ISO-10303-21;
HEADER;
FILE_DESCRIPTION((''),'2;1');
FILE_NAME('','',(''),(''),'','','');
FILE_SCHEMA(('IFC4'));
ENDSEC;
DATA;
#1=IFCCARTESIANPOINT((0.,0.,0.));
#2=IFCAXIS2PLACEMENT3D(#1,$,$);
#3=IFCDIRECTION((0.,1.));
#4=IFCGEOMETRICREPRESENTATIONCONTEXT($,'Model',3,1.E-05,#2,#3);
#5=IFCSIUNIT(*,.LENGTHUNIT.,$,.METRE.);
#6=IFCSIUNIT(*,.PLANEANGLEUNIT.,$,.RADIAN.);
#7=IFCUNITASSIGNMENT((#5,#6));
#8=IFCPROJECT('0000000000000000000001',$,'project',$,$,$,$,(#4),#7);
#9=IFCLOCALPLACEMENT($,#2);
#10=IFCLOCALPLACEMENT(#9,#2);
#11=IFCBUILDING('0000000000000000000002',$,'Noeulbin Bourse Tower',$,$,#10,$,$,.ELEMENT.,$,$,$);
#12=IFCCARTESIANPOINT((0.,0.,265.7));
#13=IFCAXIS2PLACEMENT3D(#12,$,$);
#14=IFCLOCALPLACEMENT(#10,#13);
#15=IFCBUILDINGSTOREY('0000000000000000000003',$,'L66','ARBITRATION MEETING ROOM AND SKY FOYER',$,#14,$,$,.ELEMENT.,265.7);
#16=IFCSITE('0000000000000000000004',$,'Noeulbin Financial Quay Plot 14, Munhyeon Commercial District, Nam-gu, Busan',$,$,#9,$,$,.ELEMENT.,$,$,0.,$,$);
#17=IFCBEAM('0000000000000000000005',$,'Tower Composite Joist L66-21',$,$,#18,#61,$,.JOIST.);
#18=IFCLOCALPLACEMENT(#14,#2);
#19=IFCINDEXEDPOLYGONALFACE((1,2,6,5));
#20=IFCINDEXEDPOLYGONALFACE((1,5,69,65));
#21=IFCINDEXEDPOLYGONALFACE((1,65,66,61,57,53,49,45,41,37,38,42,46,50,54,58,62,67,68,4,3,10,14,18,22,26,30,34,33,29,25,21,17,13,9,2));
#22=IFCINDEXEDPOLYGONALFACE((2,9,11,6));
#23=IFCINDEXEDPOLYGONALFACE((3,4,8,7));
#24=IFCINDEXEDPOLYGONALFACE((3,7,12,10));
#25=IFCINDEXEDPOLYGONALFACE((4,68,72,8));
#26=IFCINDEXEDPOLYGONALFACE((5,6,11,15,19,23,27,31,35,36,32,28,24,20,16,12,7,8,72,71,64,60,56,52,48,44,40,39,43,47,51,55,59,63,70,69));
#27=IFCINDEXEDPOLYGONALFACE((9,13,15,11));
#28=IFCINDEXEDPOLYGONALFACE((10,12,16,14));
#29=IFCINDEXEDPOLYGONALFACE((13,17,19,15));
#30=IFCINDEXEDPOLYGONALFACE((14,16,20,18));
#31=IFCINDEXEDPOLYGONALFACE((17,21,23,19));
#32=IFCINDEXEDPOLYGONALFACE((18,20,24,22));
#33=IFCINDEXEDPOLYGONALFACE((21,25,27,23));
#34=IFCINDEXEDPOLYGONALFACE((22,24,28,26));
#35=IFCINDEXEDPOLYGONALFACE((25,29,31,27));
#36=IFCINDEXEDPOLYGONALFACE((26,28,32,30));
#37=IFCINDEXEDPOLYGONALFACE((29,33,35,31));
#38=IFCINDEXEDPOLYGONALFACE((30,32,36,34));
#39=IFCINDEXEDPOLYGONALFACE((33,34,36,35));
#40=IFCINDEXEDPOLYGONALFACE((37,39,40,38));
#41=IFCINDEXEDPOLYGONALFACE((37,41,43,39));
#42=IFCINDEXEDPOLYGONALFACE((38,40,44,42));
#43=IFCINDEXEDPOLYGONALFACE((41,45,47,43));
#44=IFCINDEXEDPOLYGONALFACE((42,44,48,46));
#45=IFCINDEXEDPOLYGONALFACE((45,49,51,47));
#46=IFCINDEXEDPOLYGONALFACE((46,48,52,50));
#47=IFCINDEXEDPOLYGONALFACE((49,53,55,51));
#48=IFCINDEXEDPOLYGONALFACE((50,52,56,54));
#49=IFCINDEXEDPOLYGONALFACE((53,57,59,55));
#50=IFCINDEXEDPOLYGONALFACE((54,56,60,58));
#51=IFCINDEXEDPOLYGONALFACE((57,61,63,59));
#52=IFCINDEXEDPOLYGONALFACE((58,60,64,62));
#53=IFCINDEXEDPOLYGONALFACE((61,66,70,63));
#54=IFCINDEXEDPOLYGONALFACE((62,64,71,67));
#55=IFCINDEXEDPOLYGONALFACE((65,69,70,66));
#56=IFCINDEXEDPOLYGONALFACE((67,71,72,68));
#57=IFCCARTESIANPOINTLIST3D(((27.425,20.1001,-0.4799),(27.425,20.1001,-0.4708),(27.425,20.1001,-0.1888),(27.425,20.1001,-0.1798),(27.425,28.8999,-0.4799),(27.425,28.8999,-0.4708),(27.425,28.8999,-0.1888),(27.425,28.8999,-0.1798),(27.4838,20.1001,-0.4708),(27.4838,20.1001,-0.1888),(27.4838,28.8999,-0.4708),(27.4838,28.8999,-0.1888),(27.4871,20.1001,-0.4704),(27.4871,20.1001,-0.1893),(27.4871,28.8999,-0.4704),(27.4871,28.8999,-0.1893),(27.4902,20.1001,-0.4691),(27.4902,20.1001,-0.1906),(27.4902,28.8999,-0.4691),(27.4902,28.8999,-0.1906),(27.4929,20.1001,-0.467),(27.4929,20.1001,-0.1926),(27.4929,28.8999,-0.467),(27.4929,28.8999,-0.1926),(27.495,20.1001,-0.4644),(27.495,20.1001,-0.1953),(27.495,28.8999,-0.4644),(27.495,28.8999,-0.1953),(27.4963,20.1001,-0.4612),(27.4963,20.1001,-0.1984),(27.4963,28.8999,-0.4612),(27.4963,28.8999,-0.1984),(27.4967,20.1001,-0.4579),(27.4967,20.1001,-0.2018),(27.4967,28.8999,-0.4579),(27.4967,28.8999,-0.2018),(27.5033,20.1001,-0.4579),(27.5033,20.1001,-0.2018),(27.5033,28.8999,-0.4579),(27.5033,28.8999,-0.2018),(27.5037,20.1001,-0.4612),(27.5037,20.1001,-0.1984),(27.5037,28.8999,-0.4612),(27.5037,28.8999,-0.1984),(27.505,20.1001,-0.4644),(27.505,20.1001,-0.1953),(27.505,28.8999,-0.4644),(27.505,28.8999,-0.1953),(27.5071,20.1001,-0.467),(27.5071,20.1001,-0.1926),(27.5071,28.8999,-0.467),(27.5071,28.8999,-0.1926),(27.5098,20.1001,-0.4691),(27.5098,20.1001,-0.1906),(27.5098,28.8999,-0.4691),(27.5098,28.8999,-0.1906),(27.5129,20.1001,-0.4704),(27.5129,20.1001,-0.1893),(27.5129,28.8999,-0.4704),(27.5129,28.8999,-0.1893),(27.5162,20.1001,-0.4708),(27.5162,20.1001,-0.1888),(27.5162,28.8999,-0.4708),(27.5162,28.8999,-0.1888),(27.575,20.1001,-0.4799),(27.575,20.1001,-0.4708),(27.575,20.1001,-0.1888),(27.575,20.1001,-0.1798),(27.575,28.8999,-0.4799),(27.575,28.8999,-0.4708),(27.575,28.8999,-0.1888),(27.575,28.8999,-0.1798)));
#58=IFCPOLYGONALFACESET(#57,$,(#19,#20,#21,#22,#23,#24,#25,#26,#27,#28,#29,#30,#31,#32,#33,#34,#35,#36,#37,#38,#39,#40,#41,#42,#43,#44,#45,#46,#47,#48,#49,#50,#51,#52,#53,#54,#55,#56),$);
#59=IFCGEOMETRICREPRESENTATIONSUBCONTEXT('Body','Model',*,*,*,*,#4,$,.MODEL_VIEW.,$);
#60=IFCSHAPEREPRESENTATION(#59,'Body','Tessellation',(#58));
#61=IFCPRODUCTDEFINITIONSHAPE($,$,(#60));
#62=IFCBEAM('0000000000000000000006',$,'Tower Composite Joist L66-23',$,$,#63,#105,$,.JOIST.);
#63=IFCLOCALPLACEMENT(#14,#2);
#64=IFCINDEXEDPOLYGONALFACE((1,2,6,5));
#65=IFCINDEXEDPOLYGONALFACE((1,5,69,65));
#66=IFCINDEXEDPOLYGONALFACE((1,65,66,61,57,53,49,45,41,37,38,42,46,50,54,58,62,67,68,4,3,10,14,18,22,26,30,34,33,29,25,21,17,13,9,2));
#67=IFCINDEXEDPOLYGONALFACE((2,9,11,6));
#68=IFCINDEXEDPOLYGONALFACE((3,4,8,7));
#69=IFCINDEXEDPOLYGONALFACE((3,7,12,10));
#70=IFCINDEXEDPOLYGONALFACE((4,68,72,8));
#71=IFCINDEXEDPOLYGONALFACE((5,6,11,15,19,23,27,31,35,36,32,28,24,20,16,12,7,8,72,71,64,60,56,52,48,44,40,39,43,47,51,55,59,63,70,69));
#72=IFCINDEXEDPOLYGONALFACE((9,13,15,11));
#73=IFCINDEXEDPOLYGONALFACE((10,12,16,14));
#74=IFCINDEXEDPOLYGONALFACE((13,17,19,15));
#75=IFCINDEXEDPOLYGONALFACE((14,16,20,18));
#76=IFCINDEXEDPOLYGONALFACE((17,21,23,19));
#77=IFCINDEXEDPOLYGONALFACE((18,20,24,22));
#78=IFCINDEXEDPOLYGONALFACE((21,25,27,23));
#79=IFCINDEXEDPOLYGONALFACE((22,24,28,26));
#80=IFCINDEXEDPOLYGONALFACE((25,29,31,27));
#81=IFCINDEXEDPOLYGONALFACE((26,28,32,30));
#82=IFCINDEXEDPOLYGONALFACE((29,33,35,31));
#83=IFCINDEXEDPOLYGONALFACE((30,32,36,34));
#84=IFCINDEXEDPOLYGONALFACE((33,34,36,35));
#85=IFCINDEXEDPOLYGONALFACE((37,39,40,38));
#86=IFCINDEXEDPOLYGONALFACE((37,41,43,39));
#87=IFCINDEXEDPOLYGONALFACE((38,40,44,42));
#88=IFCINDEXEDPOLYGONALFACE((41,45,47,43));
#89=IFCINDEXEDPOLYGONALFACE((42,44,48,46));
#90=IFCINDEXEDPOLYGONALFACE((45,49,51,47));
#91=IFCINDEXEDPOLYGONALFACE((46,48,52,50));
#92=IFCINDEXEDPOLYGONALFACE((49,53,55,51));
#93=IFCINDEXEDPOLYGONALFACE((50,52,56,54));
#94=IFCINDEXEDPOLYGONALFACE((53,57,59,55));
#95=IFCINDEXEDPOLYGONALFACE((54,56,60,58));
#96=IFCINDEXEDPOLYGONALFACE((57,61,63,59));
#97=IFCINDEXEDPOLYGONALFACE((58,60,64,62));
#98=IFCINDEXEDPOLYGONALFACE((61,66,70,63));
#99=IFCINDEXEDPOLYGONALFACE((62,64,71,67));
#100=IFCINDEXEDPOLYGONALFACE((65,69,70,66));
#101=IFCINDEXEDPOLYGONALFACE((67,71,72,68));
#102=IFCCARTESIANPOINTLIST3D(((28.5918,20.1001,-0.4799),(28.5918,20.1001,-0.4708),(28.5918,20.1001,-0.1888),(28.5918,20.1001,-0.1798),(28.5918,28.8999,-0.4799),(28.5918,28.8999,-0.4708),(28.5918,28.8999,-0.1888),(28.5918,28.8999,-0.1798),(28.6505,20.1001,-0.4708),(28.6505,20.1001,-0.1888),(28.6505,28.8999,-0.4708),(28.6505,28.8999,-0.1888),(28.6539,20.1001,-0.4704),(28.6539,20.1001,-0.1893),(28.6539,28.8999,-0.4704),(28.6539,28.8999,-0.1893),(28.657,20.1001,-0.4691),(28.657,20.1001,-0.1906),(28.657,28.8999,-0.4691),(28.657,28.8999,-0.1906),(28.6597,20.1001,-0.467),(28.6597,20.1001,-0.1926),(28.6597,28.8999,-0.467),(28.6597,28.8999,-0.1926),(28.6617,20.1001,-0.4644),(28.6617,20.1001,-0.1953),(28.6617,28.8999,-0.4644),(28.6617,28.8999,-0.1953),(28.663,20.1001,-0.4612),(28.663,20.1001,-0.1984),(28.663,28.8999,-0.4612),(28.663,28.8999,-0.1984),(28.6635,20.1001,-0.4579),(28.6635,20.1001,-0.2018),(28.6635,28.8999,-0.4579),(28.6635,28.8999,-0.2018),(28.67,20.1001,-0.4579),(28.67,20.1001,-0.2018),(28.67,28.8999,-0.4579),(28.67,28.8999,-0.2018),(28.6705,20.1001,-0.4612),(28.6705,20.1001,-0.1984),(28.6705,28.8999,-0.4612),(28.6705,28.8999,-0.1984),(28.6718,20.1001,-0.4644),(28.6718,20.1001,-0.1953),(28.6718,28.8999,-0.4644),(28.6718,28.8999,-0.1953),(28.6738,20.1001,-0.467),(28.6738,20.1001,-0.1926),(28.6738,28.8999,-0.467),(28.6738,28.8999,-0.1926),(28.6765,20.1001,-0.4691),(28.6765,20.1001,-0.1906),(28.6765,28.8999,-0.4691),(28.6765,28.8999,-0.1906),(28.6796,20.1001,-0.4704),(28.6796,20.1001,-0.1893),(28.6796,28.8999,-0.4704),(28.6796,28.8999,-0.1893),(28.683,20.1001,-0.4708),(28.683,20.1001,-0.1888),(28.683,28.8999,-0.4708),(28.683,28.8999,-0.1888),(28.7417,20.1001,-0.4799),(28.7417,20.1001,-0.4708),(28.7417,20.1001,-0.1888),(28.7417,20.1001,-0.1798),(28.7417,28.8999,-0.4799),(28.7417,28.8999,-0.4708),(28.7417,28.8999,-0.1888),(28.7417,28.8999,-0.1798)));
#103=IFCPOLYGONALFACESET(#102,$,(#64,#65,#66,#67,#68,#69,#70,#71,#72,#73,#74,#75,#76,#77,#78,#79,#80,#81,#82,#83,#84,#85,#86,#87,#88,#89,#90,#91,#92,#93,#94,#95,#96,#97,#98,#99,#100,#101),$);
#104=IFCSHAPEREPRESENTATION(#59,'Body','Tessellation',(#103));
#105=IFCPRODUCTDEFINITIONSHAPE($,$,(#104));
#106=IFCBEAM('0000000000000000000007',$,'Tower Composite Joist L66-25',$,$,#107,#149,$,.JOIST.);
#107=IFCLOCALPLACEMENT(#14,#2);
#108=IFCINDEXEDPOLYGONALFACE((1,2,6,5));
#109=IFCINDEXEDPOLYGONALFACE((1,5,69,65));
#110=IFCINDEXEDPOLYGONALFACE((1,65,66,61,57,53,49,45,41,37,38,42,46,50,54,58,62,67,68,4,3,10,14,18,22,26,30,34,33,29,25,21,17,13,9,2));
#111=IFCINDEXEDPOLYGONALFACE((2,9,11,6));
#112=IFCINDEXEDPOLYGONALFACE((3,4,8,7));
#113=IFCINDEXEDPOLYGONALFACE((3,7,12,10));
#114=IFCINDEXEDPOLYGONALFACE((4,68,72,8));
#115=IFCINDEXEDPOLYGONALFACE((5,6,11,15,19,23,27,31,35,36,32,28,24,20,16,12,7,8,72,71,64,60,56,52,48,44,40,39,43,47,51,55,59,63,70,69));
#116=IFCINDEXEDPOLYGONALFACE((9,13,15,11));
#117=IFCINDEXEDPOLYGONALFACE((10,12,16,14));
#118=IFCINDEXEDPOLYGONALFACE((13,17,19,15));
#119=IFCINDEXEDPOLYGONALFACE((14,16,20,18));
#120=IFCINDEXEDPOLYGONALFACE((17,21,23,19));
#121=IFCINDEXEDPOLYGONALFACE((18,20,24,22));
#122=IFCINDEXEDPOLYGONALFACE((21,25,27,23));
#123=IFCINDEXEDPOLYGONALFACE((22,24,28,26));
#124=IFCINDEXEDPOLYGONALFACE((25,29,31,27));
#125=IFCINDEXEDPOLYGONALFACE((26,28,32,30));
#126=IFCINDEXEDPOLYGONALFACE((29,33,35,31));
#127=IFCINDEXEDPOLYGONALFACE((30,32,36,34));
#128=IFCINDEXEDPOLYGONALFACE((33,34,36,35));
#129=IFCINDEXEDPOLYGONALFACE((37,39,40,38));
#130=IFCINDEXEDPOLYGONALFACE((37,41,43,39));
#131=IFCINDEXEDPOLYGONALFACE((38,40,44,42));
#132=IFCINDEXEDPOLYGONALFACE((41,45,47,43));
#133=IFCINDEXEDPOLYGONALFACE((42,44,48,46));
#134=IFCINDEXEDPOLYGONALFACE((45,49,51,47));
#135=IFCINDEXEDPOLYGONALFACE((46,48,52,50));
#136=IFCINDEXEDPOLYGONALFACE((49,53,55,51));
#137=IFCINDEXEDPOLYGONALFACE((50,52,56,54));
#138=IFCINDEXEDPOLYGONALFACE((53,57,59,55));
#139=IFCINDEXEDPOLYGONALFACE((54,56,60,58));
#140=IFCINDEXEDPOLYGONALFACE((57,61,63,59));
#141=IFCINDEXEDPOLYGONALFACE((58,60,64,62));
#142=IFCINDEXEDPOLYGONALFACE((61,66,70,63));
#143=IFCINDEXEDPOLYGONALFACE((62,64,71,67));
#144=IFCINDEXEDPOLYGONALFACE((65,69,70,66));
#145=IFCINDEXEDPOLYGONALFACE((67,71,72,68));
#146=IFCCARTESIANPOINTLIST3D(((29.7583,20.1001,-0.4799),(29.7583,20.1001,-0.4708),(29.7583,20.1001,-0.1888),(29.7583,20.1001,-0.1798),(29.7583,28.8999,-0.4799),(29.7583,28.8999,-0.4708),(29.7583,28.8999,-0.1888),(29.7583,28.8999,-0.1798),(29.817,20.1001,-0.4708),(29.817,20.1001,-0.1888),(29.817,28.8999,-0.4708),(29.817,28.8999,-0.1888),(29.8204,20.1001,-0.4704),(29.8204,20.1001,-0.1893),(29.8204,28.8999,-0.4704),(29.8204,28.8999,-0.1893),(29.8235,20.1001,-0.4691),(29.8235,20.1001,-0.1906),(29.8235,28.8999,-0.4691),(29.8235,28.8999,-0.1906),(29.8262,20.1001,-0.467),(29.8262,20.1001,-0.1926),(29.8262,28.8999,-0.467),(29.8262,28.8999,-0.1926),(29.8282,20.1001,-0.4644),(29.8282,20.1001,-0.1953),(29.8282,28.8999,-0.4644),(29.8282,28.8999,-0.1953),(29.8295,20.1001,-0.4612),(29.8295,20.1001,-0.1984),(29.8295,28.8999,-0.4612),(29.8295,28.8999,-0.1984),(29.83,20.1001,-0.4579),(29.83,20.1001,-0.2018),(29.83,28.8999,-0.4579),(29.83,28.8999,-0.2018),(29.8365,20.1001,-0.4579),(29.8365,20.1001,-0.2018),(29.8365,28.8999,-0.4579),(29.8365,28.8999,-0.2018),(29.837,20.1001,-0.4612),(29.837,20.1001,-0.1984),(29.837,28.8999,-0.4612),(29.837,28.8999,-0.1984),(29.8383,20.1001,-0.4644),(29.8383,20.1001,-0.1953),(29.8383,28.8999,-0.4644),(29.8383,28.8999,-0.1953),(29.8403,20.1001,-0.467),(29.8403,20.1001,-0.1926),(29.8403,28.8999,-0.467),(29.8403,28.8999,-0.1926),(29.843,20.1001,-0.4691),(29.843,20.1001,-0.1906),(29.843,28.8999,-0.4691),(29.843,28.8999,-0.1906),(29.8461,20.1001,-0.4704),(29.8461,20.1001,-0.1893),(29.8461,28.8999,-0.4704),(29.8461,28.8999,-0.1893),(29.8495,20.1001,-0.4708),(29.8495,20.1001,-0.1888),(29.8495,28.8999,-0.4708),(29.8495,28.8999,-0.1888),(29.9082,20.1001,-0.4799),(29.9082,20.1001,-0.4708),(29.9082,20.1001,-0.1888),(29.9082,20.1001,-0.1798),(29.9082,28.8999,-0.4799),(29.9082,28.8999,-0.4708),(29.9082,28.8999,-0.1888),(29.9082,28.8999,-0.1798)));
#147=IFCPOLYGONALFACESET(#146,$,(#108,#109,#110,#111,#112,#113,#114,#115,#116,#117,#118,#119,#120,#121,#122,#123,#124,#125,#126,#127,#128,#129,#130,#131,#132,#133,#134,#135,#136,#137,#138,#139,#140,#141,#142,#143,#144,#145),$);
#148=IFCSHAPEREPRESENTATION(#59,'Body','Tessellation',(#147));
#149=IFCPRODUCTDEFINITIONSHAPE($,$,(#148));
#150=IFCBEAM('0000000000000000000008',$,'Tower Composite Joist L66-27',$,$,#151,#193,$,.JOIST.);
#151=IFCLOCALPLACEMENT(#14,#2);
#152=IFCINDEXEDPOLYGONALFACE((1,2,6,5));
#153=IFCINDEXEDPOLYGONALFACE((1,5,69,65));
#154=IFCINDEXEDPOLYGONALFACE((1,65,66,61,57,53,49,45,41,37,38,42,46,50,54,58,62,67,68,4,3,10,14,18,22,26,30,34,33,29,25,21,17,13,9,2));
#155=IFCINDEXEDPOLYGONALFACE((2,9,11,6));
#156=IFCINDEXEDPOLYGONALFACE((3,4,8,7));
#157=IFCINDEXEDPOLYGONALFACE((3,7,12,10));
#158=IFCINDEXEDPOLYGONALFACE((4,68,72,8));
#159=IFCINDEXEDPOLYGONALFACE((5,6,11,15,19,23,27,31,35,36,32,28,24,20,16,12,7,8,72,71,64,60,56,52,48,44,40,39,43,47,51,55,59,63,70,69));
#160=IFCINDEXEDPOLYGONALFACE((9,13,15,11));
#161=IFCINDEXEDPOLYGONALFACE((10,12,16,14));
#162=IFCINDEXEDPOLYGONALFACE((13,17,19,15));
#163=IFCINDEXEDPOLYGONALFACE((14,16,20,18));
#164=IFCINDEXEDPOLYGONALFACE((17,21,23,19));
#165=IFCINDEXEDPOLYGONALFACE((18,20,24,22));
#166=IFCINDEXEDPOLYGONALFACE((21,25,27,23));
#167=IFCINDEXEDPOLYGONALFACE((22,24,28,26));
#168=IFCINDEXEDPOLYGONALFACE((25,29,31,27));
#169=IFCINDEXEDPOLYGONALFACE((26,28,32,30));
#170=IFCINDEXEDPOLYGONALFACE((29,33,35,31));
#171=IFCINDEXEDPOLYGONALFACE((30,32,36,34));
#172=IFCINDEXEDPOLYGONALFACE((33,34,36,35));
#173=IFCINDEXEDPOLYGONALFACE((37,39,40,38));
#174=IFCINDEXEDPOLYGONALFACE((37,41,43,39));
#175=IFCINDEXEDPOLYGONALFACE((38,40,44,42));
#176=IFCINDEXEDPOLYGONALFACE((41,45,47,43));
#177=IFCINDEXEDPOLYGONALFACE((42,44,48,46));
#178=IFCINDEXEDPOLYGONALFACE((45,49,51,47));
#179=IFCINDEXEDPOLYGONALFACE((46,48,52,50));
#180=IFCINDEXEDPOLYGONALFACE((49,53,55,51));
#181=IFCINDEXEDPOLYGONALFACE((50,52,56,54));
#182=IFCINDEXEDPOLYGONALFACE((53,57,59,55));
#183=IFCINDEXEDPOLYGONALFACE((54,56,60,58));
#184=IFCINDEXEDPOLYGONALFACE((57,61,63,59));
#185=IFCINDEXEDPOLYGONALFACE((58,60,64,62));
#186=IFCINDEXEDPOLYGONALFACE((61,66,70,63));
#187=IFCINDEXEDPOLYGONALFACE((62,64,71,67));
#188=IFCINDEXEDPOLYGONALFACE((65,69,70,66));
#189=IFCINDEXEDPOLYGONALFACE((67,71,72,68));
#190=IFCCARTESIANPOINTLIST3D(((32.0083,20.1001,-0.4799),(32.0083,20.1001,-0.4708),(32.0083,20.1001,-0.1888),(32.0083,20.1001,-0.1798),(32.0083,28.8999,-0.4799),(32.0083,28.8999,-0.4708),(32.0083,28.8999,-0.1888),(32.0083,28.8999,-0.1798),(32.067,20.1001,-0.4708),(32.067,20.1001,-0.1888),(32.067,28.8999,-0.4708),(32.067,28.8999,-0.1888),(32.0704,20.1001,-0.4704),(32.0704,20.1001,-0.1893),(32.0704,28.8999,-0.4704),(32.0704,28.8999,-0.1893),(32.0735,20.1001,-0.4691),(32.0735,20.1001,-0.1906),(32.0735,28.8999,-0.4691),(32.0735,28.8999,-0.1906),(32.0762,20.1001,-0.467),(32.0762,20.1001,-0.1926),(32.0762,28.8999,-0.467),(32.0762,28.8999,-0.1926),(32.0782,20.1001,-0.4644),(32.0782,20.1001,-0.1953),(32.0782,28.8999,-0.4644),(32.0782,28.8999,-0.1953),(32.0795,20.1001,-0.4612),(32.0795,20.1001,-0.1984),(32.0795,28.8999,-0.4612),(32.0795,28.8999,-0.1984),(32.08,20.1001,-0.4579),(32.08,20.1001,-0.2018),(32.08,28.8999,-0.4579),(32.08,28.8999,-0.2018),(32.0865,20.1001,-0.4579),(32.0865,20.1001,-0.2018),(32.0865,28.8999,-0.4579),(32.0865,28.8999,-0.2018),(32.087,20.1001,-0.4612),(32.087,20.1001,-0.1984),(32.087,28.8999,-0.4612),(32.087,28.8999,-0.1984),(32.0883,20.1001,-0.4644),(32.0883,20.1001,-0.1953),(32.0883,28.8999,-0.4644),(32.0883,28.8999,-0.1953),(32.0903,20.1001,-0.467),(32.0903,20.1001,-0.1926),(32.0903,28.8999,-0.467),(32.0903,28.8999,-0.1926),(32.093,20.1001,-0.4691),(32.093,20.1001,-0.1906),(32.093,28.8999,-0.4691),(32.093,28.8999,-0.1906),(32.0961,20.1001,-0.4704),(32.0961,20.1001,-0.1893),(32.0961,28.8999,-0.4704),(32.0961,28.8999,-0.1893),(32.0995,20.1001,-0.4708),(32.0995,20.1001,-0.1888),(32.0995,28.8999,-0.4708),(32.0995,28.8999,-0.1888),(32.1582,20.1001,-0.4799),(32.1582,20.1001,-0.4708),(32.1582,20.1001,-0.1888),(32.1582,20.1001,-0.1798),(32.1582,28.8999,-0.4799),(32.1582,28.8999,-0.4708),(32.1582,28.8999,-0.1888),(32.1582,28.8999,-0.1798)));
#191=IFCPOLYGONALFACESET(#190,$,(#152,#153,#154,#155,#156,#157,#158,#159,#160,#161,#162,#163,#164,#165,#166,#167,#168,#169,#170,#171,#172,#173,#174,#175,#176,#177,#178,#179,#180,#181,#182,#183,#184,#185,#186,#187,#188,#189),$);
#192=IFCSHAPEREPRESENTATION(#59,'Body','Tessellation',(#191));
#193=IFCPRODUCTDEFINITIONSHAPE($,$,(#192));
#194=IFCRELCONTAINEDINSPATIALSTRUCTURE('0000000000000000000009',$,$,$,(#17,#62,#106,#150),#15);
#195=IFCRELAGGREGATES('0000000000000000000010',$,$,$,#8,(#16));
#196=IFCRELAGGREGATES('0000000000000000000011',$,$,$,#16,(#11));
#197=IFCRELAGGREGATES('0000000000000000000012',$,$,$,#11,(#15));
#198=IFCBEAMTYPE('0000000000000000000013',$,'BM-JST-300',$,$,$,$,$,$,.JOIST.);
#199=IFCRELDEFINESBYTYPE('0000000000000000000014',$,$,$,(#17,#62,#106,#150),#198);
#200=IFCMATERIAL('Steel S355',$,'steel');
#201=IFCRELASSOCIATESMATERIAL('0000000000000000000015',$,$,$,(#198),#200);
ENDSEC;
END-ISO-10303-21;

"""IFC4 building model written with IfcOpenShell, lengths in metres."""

from ifc_helpers import new_model, si_unit, direction, frame, origin, origin_2d, place, context, subcontext, project, spatial, i_section, extrude, material, material_profile, profile_set, type_object, element, save


model = new_model("IFC4")

# Units and contexts
model_context = context("Model", 3, precision=1e-05, world=origin(), true_north=direction((0.0, 1.0)))
body_context = subcontext(model_context, "Body", "Model", "MODEL_VIEW")
ifc_project = project(units=[si_unit("LENGTHUNIT", "METRE"), si_unit("PLANEANGLEUNIT", "RADIAN")], contexts=[model_context])

# Site, building, storey
site_placement = place(None, origin())
site = spatial("IfcSite", under=ifc_project, at=site_placement, Name="Noeulbin Financial Quay Plot 14, Munhyeon Commercial District, Nam-gu, Busan", CompositionType="ELEMENT", RefElevation=0.0)
building_placement = place(site_placement, origin())
building = spatial("IfcBuilding", under=site, at=building_placement, Name="Noeulbin Bourse Tower", CompositionType="ELEMENT")
storey_placement = place(building_placement, frame((0.0, 0.0, 265.7)))
storey = spatial("IfcBuildingStorey", under=building, at=storey_placement, Name="L66", Description="ARBITRATION MEETING ROOM AND SKY FOYER", CompositionType="ELEMENT", Elevation=265.7)

# Shared definitions
ifc_material_1 = material(Name="Steel S355", Category="steel")

# Beams
ifc_material_profile_1 = material_profile(ifc_material_1, i_section(OverallWidth=0.1499, OverallDepth=0.3, WebThickness=0.0066, FlangeThickness=0.009, FilletRadius=0.0129, at=origin_2d()), Name="H-300x150x6.5x9", Category="LoadBearing")
ifc_profile_set_1 = profile_set([ifc_material_profile_1], Name="Steel S355")
beam_type_1 = type_object("IfcBeamType", Name="BM-JST-300", PredefinedType="JOIST", material=ifc_profile_set_1)
for number, where, z_axis, x_axis, name in (
    (1, (27.5, 20.1001, -0.3298), (0.0, 1.0, 0.0), (-1.0, 0.0, 0.0), "Tower Composite Joist L66-21"),
    (2, (28.6667, 20.1001, -0.3298), (0.0, 1.0, 0.0), (-1.0, 0.0, 0.0), "Tower Composite Joist L66-23"),
    (3, (29.8333, 20.1001, -0.3298), (0.0, 1.0, 0.0), (-1.0, 0.0, 0.0), "Tower Composite Joist L66-25"),
    (4, (32.0833, 20.1001, -0.3298), (0.0, 1.0, 0.0), (-1.0, 0.0, 0.0), "Tower Composite Joist L66-27"),
):
    element("IfcBeam", number, at=place(storey_placement, frame(where, z_axis=z_axis, x_axis=x_axis)), inside=storey, type_object=beam_type_1, Name=name, PredefinedType="JOIST", context=body_context, shape_type="SweptSolid", body=[
        extrude(i_section(OverallWidth=0.1499, OverallDepth=0.3, WebThickness=0.0066, FlangeThickness=0.009, FilletRadius=0.0129, at=origin_2d()), origin(), (0.0, 0.0, 1.0), 8.7998),
    ])

save(model, "model.ifc")
